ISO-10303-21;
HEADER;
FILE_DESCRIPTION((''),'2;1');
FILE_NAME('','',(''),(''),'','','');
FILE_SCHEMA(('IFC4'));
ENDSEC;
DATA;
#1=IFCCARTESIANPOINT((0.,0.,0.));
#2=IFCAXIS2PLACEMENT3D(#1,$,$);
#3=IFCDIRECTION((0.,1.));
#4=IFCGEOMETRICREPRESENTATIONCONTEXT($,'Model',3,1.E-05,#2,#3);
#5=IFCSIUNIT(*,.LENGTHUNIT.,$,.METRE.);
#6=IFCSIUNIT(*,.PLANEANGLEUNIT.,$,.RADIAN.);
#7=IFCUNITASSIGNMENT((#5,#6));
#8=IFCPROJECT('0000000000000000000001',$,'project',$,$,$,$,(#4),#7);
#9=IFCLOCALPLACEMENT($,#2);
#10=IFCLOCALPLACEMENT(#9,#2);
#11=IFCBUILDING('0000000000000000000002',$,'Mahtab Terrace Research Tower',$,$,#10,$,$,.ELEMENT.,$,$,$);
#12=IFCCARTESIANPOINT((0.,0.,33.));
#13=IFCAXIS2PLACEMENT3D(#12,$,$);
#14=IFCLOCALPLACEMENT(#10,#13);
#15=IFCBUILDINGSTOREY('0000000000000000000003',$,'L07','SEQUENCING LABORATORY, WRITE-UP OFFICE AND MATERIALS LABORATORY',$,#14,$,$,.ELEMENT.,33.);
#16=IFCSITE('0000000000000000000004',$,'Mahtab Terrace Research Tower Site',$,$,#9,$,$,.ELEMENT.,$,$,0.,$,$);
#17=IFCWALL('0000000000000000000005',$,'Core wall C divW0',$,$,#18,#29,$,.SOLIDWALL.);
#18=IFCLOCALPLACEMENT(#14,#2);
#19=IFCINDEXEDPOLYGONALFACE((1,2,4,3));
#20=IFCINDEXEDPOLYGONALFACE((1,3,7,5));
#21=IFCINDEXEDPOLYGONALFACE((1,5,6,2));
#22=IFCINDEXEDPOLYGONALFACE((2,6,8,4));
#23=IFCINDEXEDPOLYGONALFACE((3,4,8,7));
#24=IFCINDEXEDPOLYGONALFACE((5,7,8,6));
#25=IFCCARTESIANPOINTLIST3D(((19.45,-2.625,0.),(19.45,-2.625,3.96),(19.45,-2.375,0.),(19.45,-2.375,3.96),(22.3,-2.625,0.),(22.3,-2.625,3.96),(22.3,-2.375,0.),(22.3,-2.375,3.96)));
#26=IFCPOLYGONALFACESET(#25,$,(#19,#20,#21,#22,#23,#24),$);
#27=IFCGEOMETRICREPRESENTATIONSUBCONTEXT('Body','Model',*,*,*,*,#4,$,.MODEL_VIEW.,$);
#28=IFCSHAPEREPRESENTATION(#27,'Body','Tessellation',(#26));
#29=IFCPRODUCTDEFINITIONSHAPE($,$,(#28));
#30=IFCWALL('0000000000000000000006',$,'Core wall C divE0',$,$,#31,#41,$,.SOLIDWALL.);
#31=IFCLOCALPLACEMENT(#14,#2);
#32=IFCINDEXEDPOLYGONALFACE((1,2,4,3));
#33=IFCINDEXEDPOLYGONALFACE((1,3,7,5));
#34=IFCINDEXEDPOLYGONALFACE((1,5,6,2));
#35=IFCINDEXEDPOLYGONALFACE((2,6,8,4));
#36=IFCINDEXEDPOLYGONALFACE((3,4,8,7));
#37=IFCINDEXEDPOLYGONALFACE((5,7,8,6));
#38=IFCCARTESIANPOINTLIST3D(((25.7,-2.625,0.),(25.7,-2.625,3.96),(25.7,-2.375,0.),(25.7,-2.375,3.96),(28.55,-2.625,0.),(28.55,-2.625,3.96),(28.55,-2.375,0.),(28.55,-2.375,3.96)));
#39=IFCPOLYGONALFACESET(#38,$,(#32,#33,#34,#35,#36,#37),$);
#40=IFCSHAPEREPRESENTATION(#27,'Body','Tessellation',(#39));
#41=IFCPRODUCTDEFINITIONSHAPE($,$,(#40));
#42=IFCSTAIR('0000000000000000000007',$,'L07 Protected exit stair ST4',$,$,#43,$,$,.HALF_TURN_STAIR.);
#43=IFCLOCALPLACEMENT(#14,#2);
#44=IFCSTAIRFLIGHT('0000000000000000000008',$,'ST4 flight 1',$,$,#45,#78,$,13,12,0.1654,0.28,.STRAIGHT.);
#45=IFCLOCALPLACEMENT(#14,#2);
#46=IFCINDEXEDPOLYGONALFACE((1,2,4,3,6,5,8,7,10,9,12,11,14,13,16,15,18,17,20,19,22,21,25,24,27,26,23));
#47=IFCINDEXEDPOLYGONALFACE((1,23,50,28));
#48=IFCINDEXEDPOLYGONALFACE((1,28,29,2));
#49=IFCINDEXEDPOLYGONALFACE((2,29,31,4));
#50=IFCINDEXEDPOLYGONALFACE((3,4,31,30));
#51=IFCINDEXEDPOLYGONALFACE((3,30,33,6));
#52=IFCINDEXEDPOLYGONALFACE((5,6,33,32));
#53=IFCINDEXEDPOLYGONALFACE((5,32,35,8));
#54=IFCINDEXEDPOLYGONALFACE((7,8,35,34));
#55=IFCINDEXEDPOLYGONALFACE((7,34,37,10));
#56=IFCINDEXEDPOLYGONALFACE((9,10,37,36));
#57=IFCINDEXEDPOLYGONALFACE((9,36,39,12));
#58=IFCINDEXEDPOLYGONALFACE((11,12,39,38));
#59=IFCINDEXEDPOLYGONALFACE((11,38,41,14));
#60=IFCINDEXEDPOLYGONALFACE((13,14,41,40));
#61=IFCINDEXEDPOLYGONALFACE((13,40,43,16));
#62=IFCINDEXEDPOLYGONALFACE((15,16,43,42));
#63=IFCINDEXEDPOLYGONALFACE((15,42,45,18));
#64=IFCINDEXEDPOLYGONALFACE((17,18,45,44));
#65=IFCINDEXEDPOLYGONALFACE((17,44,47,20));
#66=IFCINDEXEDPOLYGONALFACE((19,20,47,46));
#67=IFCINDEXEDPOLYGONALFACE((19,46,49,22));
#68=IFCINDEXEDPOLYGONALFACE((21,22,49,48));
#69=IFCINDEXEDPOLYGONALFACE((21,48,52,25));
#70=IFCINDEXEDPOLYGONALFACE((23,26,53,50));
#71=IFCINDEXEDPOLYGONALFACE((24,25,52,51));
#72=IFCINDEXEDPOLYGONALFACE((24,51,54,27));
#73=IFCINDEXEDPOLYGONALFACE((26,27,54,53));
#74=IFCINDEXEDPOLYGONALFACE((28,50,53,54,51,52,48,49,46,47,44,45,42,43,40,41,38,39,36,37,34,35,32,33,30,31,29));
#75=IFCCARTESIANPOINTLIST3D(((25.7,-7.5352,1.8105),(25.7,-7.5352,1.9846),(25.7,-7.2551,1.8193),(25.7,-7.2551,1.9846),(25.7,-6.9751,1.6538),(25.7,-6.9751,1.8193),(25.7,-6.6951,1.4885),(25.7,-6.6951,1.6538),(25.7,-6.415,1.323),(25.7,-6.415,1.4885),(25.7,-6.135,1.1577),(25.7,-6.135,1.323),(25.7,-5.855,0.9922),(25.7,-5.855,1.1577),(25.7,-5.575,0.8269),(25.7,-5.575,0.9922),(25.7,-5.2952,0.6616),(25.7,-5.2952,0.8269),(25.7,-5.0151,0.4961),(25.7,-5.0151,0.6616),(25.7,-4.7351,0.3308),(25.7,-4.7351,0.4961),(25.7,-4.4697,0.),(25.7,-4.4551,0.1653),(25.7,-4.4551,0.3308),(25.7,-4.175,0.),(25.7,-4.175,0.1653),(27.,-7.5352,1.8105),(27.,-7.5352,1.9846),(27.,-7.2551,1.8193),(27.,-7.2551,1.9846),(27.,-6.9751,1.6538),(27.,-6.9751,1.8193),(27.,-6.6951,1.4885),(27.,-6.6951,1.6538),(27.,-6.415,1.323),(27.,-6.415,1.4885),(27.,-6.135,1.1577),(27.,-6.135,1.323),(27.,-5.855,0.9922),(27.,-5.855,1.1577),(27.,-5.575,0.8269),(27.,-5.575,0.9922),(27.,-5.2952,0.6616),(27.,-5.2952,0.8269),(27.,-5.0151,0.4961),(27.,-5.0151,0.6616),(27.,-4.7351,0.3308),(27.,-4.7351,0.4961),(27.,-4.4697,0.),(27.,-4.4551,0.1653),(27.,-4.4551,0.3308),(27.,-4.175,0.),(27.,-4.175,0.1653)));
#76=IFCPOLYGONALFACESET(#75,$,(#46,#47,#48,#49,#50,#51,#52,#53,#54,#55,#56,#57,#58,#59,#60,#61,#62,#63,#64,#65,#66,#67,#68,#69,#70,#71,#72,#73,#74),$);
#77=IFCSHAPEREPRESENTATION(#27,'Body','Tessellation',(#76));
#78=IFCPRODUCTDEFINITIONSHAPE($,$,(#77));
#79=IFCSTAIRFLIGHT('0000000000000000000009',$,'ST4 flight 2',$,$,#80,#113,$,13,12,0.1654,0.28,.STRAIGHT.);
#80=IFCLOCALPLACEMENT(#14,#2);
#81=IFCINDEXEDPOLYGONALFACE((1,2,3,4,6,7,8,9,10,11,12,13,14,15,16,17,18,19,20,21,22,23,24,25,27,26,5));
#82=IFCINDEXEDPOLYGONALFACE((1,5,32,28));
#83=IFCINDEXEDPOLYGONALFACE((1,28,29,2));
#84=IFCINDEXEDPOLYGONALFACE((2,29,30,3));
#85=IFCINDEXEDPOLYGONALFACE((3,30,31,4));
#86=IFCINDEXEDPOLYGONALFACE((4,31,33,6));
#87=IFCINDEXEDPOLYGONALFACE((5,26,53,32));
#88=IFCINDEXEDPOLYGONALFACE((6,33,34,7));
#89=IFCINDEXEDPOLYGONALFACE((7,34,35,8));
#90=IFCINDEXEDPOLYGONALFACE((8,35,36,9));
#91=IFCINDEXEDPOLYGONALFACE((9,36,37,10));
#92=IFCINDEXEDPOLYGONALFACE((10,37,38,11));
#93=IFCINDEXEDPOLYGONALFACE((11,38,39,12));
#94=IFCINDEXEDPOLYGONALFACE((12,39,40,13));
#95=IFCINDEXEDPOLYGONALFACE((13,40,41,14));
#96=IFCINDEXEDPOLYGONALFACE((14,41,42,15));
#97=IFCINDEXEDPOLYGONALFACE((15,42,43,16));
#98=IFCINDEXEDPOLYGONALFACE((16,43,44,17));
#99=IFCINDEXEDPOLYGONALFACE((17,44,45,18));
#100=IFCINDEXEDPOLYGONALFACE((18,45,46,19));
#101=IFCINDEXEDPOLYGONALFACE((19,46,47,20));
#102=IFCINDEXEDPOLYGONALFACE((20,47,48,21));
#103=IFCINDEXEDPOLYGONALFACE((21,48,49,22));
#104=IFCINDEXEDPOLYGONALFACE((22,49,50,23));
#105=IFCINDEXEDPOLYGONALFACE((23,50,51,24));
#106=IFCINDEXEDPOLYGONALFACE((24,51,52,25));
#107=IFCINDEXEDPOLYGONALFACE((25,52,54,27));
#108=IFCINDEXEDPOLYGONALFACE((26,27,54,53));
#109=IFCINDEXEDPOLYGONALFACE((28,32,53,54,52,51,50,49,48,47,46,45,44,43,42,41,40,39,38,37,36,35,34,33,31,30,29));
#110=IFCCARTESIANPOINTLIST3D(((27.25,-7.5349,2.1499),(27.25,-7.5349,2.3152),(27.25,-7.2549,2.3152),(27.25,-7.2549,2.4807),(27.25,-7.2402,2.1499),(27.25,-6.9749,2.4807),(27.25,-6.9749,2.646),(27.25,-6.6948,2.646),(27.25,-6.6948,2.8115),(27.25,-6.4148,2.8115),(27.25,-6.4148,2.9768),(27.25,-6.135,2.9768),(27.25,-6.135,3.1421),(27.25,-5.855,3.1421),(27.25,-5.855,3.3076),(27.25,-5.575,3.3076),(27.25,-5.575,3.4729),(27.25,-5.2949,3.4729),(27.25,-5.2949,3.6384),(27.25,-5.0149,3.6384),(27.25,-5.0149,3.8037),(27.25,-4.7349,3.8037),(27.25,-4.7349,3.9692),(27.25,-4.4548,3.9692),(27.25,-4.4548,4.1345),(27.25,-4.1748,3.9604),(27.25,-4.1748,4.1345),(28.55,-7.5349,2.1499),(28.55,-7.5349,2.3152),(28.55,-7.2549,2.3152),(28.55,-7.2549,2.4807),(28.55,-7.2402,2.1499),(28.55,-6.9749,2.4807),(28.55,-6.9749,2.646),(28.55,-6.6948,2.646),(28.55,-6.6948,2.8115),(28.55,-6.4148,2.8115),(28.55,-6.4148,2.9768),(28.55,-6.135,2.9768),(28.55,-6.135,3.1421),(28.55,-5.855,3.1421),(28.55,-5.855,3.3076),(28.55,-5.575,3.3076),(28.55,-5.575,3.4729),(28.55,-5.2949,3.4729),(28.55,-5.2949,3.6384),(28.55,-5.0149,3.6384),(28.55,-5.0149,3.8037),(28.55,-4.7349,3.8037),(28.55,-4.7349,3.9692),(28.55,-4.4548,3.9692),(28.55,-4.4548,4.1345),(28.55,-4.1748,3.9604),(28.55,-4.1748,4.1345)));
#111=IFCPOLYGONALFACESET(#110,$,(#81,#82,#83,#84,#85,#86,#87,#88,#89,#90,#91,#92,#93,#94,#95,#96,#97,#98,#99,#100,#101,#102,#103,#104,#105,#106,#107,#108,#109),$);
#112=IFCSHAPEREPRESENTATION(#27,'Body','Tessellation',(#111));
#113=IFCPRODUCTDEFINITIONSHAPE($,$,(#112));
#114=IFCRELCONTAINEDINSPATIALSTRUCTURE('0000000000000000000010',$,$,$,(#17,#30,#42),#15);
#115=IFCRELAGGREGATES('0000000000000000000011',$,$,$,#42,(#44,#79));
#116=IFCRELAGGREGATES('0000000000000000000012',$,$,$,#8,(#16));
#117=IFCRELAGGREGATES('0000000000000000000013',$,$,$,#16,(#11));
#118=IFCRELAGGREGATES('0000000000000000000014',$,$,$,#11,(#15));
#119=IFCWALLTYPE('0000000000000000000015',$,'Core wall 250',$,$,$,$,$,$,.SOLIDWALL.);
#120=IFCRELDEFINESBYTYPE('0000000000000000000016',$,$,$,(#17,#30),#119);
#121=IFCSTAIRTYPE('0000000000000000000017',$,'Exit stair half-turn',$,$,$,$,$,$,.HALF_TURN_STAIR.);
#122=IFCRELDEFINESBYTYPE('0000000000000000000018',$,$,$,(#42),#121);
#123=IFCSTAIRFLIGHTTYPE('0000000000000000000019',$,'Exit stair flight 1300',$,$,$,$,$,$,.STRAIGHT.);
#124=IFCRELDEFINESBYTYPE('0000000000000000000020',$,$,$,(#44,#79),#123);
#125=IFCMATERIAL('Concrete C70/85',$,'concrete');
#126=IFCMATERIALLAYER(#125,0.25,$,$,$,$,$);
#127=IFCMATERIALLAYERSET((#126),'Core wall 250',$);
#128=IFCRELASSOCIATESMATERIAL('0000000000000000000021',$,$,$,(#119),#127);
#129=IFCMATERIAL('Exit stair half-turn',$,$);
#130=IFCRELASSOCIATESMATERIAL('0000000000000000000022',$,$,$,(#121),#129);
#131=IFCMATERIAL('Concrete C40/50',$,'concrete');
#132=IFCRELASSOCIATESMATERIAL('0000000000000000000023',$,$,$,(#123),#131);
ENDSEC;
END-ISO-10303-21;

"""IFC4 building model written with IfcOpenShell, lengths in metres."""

from ifc_helpers import new_model, si_unit, direction, frame, frame_2d, origin, place, context, subcontext, project, spatial, polyline, rectangle, outline, extrude, material, layer, layer_set, type_object, element, aggregate, save


model = new_model("IFC4")

# Units and contexts
model_context = context("Model", 3, precision=1e-05, world=origin(), true_north=direction((0.0, 1.0)))
body_context = subcontext(model_context, "Body", "Model", "MODEL_VIEW")
ifc_project = project(units=[si_unit("LENGTHUNIT", "METRE"), si_unit("PLANEANGLEUNIT", "RADIAN")], contexts=[model_context])

# Site, building, storey
site_placement = place(None, origin())
site = spatial("IfcSite", under=ifc_project, at=site_placement, Name="Mahtab Terrace Research Tower Site", CompositionType="ELEMENT", RefElevation=0.0)
building_placement = place(site_placement, origin())
building = spatial("IfcBuilding", under=site, at=building_placement, Name="Mahtab Terrace Research Tower", CompositionType="ELEMENT")
storey_placement = place(building_placement, frame((0.0, 0.0, 33.0)))
storey = spatial("IfcBuildingStorey", under=building, at=storey_placement, Name="L07", Description="SEQUENCING LABORATORY, WRITE-UP OFFICE AND MATERIALS LABORATORY", CompositionType="ELEMENT", Elevation=33.0)

# Shared definitions
ifc_material_1 = material(Name="Concrete C70/85", Category="concrete")
ifc_layer_1 = layer(ifc_material_1, 0.25)
ifc_layer_set_1 = layer_set([ifc_layer_1], Name="Core wall 250")
wall_type_1 = type_object("IfcWallType", Name="Core wall 250", PredefinedType="SOLIDWALL", material=ifc_layer_set_1)

# Walls
for number, where, z_axis, x_axis, name in (
    (1, (19.45, -2.5, 0.0), (0.0, 0.0, 1.0), (1.0, 0.0, 0.0), "Core wall C divW0"),
    (2, (25.7, -2.5, 0.0), (0.0, 0.0, 1.0), (1.0, 0.0, 0.0), "Core wall C divE0"),
):
    element("IfcWall", number, at=place(storey_placement, frame(where, z_axis=z_axis, x_axis=x_axis)), inside=storey, type_object=wall_type_1, Name=name, PredefinedType="SOLIDWALL", context=body_context, shape_type="SweptSolid", body=[
        extrude(rectangle(XDim=2.8501, YDim=0.25, at=frame_2d((1.425, 0.0))), origin(), (0.0, 0.0, 1.0), 3.96),
    ])

# Stair, stair flights
ifc_material_2 = material(Name="Exit stair half-turn")
stair_type = type_object("IfcStairType", Name="Exit stair half-turn", PredefinedType="HALF_TURN_STAIR", material=ifc_material_2)
stair_placement = place(storey_placement, origin())
stair = element("IfcStair", 3, at=stair_placement, inside=storey, type_object=stair_type, Name="L07 Protected exit stair ST4", PredefinedType="HALF_TURN_STAIR")
ifc_material_3 = material(Name="Concrete C40/50", Category="concrete")
stair_flight_type = type_object("IfcStairFlightType", Name="Exit stair flight 1300", PredefinedType="STRAIGHT", material=ifc_material_3)
stair_flight_1_placement = place(storey_placement, frame((26.3501, -4.175, 0.0), z_axis=(0.0, 0.0, 1.0), x_axis=(0.0, -1.0, 0.0)))
stair_flight_1 = element("IfcStairFlight", 4, at=stair_flight_1_placement, type_object=stair_flight_type, Name="ST4 flight 1", NumberOfRisers=13, NumberOfTreads=12, PredefinedType="STRAIGHT", RiserHeight=0.1654, TreadLength=0.28, context=body_context, shape_type="SweptSolid", body=[
    extrude(outline(polyline([(0.0, 0.0), (0.0, 0.1653), (0.28, 0.1653), (0.28, 0.3308), (0.5601, 0.3308), (0.5601, 0.4961), (0.8401, 0.4961), (0.8401, 0.6616), (1.1201, 0.6616), (1.1201, 0.8269), (1.3999, 0.8269), (1.3999, 0.9922), (1.6799, 0.9922), (1.6799, 1.1577), (1.96, 1.1577), (1.96, 1.323), (2.24, 1.323), (2.24, 1.4885), (2.52, 1.4885), (2.52, 1.6538), (2.8, 1.6538), (2.8, 1.8193), (3.0801, 1.8193), (3.0801, 1.9846), (3.3601, 1.9846), (3.3601, 2.1499), (3.3601, 1.8105), (0.2947, 0.0), (0.0, 0.0)])), frame((0.0, 0.6499, 0.0), z_axis=(0.0, -1.0, 0.0), x_axis=(1.0, 0.0, 0.0)), (0.0, 0.0, 1.0), 1.3),
])
stair_flight_2_placement = place(storey_placement, frame((27.8999, -7.5349, 2.1499), z_axis=(0.0, 0.0, 1.0), x_axis=(0.0, 1.0, 0.0)))
stair_flight_2 = element("IfcStairFlight", 5, at=stair_flight_2_placement, type_object=stair_flight_type, Name="ST4 flight 2", NumberOfRisers=13, NumberOfTreads=12, PredefinedType="STRAIGHT", RiserHeight=0.1654, TreadLength=0.28, context=body_context, shape_type="SweptSolid", body=[
    extrude(outline(polyline([(0.0, 0.0), (0.0, 0.1653), (0.28, 0.1653), (0.28, 0.3308), (0.5601, 0.3308), (0.5601, 0.4961), (0.8401, 0.4961), (0.8401, 0.6616), (1.1201, 0.6616), (1.1201, 0.8269), (1.3999, 0.8269), (1.3999, 0.9922), (1.6799, 0.9922), (1.6799, 1.1577), (1.96, 1.1577), (1.96, 1.323), (2.24, 1.323), (2.24, 1.4885), (2.52, 1.4885), (2.52, 1.6538), (2.8, 1.6538), (2.8, 1.8193), (3.0801, 1.8193), (3.0801, 1.9846), (3.3601, 1.9846), (3.3601, 2.1499), (3.3601, 1.8105), (0.2947, 0.0), (0.0, 0.0)])), frame((0.0, 0.6499, 0.0), z_axis=(0.0, -1.0, 0.0), x_axis=(1.0, 0.0, 0.0)), (0.0, 0.0, 1.0), 1.3),
])
aggregate(stair, [stair_flight_1, stair_flight_2])

save(model, "model.ifc")
